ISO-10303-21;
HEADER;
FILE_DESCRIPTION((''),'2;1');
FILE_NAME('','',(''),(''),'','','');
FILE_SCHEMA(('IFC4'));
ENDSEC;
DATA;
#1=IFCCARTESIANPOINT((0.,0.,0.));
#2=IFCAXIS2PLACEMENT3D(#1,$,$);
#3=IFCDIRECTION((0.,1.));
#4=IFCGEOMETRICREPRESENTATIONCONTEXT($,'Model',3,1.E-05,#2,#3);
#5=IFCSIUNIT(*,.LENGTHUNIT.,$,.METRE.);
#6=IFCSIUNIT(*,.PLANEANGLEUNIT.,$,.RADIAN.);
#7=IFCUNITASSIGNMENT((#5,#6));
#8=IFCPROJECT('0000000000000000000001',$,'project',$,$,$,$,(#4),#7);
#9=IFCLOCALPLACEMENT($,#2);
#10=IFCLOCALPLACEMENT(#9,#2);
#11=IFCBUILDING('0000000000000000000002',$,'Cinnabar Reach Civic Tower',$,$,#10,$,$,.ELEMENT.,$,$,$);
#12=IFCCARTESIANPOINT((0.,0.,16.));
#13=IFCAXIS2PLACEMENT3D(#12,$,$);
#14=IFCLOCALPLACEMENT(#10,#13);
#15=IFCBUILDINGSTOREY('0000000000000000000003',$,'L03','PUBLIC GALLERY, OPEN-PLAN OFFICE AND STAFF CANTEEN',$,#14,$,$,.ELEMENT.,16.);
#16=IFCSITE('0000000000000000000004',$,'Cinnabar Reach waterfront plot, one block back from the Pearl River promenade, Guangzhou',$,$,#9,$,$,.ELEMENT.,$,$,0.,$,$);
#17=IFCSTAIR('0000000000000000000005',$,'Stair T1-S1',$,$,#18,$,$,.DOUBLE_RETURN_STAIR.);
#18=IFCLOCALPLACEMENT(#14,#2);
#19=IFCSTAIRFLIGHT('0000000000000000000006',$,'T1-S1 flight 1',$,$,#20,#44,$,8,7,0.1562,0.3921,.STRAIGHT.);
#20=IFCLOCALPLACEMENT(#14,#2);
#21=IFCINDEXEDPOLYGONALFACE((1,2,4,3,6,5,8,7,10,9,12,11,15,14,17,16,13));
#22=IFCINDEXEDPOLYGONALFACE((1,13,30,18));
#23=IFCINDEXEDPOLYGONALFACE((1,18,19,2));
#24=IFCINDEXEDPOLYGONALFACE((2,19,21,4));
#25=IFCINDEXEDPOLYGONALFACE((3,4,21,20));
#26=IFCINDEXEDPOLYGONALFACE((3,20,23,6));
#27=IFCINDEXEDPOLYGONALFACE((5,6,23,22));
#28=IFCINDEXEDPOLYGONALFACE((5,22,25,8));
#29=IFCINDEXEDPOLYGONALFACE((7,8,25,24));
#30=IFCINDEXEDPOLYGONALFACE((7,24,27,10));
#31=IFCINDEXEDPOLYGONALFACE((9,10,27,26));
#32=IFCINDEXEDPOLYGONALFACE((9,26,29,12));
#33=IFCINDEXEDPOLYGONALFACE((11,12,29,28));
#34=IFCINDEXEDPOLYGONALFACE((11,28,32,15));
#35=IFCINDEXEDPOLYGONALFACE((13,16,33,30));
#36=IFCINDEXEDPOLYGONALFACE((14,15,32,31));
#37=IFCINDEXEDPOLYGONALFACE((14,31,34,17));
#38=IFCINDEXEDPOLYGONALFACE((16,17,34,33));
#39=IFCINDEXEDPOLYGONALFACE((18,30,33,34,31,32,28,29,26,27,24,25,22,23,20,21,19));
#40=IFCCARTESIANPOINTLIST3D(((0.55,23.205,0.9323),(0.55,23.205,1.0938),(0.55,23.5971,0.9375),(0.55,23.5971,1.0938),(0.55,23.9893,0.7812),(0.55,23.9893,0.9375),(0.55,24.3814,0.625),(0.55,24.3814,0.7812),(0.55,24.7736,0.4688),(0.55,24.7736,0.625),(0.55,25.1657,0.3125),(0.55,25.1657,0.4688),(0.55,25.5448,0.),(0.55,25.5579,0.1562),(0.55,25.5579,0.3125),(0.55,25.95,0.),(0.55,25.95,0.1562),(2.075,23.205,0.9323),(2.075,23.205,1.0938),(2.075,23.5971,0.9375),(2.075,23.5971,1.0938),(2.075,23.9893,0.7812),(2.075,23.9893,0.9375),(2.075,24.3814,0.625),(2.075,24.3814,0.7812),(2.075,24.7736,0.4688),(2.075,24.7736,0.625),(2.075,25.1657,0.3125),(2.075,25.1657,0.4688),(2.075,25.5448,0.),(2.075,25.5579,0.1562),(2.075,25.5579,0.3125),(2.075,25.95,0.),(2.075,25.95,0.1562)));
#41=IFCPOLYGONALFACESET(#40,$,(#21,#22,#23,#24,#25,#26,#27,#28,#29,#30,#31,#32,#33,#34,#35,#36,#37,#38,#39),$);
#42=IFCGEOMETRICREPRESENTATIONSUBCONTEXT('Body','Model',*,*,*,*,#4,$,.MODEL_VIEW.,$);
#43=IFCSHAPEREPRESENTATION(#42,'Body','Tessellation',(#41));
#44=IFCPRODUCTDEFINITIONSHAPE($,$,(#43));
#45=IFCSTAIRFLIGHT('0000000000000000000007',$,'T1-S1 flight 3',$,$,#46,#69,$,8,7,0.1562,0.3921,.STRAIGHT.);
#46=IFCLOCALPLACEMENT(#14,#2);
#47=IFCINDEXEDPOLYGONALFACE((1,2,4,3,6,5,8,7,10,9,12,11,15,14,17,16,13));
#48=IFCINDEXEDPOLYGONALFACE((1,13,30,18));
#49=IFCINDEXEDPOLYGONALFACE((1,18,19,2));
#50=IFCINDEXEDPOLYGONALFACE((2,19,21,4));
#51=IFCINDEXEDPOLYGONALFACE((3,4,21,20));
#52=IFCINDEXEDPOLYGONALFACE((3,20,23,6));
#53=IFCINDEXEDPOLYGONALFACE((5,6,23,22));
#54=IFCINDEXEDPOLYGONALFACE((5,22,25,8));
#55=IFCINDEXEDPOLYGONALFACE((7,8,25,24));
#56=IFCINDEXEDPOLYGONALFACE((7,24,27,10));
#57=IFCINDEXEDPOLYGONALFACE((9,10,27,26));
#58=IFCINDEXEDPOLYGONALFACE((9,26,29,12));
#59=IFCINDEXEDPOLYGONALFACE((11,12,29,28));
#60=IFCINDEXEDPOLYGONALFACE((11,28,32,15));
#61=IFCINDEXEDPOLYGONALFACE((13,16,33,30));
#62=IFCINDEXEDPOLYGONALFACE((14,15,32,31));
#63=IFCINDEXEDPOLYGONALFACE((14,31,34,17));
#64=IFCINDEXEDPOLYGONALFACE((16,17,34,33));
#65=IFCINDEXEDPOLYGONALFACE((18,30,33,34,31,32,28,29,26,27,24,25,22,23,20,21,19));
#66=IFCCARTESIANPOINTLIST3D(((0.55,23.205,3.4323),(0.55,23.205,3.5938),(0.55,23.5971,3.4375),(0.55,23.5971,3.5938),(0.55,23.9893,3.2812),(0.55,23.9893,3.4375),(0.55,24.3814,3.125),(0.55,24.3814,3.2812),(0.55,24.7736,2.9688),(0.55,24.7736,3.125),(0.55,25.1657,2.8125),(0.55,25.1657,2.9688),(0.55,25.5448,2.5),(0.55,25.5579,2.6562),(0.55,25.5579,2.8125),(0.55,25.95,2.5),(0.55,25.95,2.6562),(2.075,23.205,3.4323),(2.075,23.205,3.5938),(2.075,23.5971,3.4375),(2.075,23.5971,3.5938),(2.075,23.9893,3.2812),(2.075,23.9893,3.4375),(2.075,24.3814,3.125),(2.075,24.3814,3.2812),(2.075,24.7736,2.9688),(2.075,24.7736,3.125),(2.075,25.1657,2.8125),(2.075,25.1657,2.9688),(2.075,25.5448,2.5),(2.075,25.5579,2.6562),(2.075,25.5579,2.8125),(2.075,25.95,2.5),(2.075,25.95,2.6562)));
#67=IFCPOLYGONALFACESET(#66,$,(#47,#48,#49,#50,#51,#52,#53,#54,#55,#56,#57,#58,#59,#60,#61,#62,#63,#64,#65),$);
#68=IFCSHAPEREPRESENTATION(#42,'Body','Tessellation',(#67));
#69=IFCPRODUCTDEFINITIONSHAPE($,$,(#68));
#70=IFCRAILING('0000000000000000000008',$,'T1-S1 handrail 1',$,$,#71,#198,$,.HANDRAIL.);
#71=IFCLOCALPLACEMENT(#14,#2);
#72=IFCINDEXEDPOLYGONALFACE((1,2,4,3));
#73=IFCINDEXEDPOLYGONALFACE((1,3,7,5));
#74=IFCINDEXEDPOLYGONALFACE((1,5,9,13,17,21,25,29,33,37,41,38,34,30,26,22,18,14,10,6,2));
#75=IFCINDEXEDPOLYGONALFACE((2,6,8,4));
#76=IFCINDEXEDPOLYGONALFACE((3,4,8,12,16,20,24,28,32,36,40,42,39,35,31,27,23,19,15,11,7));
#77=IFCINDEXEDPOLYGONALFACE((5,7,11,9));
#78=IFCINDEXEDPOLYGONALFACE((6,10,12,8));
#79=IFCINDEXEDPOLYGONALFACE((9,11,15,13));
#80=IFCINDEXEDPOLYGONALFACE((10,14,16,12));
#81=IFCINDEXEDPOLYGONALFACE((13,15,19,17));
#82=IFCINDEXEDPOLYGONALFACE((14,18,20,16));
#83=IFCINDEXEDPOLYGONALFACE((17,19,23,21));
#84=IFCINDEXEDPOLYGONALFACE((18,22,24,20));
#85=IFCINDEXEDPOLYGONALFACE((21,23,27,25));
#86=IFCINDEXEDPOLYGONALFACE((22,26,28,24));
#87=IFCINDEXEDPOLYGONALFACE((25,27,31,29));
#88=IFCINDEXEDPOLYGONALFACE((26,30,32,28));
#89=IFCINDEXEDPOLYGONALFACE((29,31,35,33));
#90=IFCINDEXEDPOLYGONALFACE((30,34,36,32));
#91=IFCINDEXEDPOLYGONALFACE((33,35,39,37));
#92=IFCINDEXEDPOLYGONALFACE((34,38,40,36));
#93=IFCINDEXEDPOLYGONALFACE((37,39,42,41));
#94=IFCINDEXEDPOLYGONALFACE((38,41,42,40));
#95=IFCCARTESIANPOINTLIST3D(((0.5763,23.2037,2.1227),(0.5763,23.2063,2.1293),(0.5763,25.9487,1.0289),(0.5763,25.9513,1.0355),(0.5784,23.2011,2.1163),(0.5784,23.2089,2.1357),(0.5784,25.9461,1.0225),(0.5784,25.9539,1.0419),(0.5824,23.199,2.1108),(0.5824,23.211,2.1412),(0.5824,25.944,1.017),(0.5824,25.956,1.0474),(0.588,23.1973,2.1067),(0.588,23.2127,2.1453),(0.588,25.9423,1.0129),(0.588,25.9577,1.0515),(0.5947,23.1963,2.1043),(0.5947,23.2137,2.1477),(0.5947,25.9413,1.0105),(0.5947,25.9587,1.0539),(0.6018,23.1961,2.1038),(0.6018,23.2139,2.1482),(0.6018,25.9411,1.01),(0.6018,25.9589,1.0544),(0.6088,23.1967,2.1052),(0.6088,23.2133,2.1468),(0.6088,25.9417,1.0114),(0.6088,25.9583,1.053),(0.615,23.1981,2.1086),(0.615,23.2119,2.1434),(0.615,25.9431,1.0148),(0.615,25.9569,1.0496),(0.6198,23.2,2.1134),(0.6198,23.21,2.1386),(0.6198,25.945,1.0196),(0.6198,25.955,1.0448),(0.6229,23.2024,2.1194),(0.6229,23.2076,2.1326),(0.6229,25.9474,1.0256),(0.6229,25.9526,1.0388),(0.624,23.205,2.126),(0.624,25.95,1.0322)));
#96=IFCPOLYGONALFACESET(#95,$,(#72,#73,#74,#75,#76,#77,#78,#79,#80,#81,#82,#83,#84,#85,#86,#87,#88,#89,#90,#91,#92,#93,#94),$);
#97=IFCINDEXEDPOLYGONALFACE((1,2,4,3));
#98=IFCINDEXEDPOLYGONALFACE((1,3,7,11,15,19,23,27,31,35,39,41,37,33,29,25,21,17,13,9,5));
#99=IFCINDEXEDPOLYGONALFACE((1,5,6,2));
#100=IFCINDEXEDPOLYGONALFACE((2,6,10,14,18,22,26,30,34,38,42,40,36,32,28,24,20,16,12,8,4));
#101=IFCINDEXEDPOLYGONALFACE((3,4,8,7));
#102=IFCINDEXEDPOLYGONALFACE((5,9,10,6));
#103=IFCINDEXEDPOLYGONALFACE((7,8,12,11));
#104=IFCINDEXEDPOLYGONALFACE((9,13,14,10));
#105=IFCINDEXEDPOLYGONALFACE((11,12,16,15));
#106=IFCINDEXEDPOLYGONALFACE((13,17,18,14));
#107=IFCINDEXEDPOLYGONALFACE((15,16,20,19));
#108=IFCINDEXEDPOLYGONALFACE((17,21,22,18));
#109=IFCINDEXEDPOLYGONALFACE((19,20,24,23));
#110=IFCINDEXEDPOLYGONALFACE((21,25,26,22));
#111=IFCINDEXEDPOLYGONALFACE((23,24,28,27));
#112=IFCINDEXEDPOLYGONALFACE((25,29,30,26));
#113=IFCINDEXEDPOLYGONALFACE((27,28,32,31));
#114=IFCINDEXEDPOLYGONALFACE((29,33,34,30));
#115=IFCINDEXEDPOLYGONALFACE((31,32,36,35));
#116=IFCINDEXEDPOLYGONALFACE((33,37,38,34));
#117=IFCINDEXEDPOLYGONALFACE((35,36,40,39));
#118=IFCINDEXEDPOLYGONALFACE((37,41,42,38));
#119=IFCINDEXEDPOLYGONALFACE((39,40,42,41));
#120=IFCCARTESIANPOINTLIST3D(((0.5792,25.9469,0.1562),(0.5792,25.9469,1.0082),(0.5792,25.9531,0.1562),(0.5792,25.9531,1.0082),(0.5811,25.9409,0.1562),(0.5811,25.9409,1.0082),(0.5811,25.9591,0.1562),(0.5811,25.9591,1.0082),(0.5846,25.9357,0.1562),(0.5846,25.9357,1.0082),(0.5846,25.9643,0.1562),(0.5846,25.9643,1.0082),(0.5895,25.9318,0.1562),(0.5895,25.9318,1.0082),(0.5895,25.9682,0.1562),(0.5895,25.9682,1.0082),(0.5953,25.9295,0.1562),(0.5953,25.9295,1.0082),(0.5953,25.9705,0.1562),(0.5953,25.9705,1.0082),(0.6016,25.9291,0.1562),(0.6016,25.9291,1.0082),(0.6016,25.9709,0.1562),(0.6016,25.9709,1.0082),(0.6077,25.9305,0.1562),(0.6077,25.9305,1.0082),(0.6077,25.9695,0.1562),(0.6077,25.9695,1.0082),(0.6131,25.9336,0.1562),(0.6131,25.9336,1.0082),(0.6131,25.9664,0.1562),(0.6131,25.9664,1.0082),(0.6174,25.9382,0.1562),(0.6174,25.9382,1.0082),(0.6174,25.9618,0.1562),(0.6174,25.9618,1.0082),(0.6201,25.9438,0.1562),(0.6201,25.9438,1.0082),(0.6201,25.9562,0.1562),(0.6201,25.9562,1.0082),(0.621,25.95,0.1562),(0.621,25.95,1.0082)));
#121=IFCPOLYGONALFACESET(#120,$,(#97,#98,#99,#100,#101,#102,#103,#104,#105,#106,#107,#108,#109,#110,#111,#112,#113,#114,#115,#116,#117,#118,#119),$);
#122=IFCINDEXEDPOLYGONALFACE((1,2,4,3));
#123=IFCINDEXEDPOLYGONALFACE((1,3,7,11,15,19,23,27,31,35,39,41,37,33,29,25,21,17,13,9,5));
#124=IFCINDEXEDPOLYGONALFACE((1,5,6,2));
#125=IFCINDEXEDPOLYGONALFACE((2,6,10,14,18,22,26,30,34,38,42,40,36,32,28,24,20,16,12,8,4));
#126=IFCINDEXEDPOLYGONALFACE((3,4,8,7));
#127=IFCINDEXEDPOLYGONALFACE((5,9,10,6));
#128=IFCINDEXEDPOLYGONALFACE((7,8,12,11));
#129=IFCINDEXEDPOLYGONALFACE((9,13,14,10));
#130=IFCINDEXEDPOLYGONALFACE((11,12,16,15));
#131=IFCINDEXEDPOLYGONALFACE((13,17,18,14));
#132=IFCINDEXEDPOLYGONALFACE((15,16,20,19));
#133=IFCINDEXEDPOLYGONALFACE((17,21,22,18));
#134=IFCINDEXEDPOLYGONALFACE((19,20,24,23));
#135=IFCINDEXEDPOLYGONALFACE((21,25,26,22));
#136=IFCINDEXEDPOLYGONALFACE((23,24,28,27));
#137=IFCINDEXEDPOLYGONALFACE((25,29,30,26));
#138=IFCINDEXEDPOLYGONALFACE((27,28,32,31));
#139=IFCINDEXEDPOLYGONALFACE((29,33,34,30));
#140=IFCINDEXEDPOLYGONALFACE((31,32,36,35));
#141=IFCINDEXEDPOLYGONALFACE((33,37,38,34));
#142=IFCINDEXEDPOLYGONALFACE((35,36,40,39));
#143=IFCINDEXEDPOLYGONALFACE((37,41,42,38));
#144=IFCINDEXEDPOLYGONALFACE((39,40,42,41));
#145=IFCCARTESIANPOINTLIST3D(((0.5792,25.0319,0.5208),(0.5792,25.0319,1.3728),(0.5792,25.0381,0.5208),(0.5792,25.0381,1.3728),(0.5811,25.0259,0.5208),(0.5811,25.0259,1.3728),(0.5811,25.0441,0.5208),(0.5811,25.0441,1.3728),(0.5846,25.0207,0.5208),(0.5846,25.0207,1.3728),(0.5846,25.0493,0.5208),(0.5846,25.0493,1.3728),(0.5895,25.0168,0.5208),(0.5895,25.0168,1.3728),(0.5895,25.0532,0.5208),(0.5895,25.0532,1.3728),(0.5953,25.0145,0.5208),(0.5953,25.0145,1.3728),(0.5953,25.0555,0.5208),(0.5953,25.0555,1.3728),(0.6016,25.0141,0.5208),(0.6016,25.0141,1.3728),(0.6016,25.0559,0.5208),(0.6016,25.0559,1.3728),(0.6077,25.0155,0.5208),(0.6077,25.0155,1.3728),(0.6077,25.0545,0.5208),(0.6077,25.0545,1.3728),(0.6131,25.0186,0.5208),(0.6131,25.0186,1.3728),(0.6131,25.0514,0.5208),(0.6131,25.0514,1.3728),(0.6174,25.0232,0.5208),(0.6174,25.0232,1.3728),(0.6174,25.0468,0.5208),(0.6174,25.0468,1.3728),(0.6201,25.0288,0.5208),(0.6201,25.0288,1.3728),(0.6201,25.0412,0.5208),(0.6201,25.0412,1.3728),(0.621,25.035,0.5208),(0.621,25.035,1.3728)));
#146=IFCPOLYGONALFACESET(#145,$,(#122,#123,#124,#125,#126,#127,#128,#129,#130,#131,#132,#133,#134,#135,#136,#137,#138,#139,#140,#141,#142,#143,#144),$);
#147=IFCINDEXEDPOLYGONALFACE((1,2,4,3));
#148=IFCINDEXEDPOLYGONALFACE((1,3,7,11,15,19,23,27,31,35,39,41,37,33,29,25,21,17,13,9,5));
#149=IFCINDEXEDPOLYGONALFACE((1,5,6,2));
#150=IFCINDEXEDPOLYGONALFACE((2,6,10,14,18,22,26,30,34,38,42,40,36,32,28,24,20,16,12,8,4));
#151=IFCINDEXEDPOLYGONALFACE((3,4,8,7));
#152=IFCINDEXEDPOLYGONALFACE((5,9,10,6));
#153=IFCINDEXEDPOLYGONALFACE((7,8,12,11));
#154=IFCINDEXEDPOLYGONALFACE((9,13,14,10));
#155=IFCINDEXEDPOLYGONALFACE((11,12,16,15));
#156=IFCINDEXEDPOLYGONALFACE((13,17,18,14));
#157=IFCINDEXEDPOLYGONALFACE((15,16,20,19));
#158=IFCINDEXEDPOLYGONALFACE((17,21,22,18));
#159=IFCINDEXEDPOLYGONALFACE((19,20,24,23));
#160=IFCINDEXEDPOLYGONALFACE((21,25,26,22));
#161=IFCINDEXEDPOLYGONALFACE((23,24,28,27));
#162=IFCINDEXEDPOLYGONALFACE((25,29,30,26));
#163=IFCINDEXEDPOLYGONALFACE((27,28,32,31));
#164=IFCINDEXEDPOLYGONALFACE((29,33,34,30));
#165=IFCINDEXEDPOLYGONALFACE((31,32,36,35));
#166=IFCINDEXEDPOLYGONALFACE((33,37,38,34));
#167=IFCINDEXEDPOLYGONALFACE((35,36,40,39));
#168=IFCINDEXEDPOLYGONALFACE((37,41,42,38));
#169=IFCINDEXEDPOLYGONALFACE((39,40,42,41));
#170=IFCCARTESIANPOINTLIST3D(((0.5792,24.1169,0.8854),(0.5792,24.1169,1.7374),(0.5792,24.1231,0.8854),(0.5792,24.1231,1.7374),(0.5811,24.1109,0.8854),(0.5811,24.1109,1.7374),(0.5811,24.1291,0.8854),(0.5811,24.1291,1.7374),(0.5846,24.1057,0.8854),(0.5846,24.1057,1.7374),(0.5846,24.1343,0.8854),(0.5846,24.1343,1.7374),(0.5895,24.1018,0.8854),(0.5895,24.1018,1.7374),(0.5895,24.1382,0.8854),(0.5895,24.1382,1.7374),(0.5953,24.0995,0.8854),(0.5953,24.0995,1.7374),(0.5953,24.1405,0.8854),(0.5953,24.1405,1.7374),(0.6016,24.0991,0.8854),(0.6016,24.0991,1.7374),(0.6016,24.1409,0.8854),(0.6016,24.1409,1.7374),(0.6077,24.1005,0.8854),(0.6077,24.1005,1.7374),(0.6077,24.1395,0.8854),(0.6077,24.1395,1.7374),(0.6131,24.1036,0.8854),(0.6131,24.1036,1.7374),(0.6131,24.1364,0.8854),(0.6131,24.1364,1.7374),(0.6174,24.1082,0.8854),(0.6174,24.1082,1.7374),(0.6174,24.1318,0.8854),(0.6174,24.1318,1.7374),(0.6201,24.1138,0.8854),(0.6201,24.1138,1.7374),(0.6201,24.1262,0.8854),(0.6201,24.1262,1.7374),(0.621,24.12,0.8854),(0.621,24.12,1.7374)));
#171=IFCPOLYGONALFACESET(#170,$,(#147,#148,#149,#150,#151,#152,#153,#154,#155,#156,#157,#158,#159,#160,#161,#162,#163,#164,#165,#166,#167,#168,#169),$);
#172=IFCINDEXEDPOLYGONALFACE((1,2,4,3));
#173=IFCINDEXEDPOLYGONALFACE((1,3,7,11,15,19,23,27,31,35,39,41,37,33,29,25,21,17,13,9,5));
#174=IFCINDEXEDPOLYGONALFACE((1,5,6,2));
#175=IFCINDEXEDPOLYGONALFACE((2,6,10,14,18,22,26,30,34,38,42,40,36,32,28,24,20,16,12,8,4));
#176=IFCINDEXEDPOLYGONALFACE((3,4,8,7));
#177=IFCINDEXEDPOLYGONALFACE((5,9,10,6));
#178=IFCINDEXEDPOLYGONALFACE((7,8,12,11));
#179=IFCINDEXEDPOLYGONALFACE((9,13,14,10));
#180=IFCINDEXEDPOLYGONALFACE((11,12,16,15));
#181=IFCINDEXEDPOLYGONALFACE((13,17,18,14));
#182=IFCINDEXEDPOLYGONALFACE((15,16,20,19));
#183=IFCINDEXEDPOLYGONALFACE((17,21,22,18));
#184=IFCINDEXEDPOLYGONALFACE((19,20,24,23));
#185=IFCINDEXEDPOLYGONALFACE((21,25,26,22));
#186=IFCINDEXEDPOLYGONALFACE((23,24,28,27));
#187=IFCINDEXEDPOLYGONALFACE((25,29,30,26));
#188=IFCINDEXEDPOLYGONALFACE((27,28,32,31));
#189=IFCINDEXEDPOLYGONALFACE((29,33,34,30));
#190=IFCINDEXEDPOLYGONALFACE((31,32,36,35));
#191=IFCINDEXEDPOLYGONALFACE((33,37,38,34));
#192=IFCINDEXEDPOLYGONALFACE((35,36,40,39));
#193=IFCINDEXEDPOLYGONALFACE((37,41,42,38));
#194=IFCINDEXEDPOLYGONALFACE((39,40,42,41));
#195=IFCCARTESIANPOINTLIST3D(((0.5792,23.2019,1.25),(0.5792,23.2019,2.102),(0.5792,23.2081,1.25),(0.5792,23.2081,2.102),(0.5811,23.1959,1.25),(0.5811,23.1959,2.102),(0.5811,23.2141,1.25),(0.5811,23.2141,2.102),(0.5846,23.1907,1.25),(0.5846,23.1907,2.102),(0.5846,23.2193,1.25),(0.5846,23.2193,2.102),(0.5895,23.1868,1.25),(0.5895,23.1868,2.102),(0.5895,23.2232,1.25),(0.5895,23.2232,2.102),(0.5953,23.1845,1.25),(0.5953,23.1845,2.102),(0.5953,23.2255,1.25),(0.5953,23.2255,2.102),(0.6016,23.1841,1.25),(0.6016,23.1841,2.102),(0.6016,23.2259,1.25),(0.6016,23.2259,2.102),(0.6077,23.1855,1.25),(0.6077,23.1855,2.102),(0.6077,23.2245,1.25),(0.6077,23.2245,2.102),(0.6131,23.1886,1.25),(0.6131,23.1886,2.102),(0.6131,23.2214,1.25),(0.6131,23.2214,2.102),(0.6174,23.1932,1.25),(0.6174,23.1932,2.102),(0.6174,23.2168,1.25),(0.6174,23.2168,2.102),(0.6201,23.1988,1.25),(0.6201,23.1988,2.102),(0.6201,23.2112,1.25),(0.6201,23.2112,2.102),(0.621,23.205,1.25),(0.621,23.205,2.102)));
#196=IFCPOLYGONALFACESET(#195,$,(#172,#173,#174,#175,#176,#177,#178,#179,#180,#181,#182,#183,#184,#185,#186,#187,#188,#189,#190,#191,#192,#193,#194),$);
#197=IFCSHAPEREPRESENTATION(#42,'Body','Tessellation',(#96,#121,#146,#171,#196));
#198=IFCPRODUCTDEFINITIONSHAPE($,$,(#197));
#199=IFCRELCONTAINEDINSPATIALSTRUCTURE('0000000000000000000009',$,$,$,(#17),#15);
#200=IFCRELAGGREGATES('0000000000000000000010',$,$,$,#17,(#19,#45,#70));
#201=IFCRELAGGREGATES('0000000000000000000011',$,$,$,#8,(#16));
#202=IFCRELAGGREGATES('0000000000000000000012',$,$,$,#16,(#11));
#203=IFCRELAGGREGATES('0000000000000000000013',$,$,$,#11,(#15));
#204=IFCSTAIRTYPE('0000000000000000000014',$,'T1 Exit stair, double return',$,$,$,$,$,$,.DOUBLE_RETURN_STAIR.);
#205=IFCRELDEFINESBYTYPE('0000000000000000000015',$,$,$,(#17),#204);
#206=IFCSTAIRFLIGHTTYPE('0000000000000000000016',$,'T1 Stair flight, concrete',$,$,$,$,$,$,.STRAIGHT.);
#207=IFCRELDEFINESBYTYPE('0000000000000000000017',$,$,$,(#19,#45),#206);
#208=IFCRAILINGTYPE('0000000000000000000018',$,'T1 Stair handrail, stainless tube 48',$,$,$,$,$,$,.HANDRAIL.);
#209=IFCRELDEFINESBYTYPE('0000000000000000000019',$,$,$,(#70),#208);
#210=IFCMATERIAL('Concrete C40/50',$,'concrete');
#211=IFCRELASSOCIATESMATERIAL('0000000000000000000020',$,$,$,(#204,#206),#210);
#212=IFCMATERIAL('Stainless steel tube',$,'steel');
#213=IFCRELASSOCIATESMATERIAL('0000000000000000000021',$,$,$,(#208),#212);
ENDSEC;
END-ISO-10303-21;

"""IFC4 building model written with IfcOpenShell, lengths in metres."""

from ifc_helpers import new_model, si_unit, direction, frame, origin, origin_2d, place, context, subcontext, project, spatial, polyline, circle, outline, extrude, material, type_object, element, aggregate, save


model = new_model("IFC4")

# Units and contexts
model_context = context("Model", 3, precision=1e-05, world=origin(), true_north=direction((0.0, 1.0)))
body_context = subcontext(model_context, "Body", "Model", "MODEL_VIEW")
ifc_project = project(units=[si_unit("LENGTHUNIT", "METRE"), si_unit("PLANEANGLEUNIT", "RADIAN")], contexts=[model_context])

# Site, building, storey
site_placement = place(None, origin())
site = spatial("IfcSite", under=ifc_project, at=site_placement, Name="Cinnabar Reach waterfront plot, one block back from the Pearl River promenade, Guangzhou", CompositionType="ELEMENT", RefElevation=0.0)
building_placement = place(site_placement, origin())
building = spatial("IfcBuilding", under=site, at=building_placement, Name="Cinnabar Reach Civic Tower", CompositionType="ELEMENT")
storey_placement = place(building_placement, frame((0.0, 0.0, 16.0)))
storey = spatial("IfcBuildingStorey", under=building, at=storey_placement, Name="L03", Description="PUBLIC GALLERY, OPEN-PLAN OFFICE AND STAFF CANTEEN", CompositionType="ELEMENT", Elevation=16.0)

# Stair, stair flights, railing
ifc_material_1 = material(Name="Concrete C40/50", Category="concrete")
stair_type = type_object("IfcStairType", Name="T1 Exit stair, double return", PredefinedType="DOUBLE_RETURN_STAIR", material=ifc_material_1)
stair_placement = place(storey_placement, origin())
stair = element("IfcStair", 1, at=stair_placement, inside=storey, type_object=stair_type, Name="Stair T1-S1", PredefinedType="DOUBLE_RETURN_STAIR")
stair_flight_type = type_object("IfcStairFlightType", Name="T1 Stair flight, concrete", PredefinedType="STRAIGHT", material=ifc_material_1)
stair_flight_1_placement = place(storey_placement, frame((1.3125, 25.95, 0.0), z_axis=(0.0, 0.0, 1.0), x_axis=(0.0, -1.0, 0.0)))
stair_flight_1 = element("IfcStairFlight", 2, at=stair_flight_1_placement, type_object=stair_flight_type, Name="T1-S1 flight 1", NumberOfRisers=8, NumberOfTreads=7, PredefinedType="STRAIGHT", RiserHeight=0.1562, TreadLength=0.3921, context=body_context, shape_type="SweptSolid", body=[
    extrude(outline(polyline([(0.0, 0.0), (0.0, 0.1562), (0.3921, 0.1562), (0.3921, 0.3125), (0.7843, 0.3125), (0.7843, 0.4688), (1.1764, 0.4688), (1.1764, 0.625), (1.5686, 0.625), (1.5686, 0.7812), (1.9607, 0.7812), (1.9607, 0.9375), (2.3529, 0.9375), (2.3529, 1.0938), (2.745, 1.0938), (2.745, 1.25), (2.745, 0.9323), (0.4052, 0.0), (0.0, 0.0)])), frame((0.0, 0.7625, 0.0), z_axis=(0.0, -1.0, 0.0), x_axis=(1.0, 0.0, 0.0)), (0.0, 0.0, 1.0), 1.525),
])
stair_flight_2_placement = place(storey_placement, frame((1.3125, 25.95, 2.5), z_axis=(0.0, 0.0, 1.0), x_axis=(0.0, -1.0, 0.0)))
stair_flight_2 = element("IfcStairFlight", 3, at=stair_flight_2_placement, type_object=stair_flight_type, Name="T1-S1 flight 3", NumberOfRisers=8, NumberOfTreads=7, PredefinedType="STRAIGHT", RiserHeight=0.1562, TreadLength=0.3921, context=body_context, shape_type="SweptSolid", body=[
    extrude(outline(polyline([(0.0, 0.0), (0.0, 0.1562), (0.3921, 0.1562), (0.3921, 0.3125), (0.7843, 0.3125), (0.7843, 0.4688), (1.1764, 0.4688), (1.1764, 0.625), (1.5686, 0.625), (1.5686, 0.7812), (1.9607, 0.7812), (1.9607, 0.9375), (2.3529, 0.9375), (2.3529, 1.0938), (2.745, 1.0938), (2.745, 1.25), (2.745, 0.9323), (0.4052, 0.0), (0.0, 0.0)])), frame((0.0, 0.7625, 0.0), z_axis=(0.0, -1.0, 0.0), x_axis=(1.0, 0.0, 0.0)), (0.0, 0.0, 1.0), 1.525),
])
ifc_material_2 = material(Name="Stainless steel tube", Category="steel")
railing_type_1 = type_object("IfcRailingType", Name="T1 Stair handrail, stainless tube 48", PredefinedType="HANDRAIL", material=ifc_material_2)
railing_1_placement = place(storey_placement, frame((0.6, 25.95, 0.1562)))
railing_1 = element("IfcRailing", 4, at=railing_1_placement, type_object=railing_type_1, Name="T1-S1 handrail 1", PredefinedType="HANDRAIL", context=body_context, shape_type="SweptSolid", body=[
    extrude(circle(Radius=0.024, at=origin_2d()), frame((0.0, 0.0, 0.876), z_axis=(0.0, -0.928966, 0.370165), x_axis=(1.0, 0.0, 0.0)), (0.0, 0.0, 1.0), 2.9549),
    extrude(circle(Radius=0.021, at=origin_2d()), origin(), (0.0, 0.0, 1.0), 0.852),
    extrude(circle(Radius=0.021, at=origin_2d()), frame((0.0, -0.915, 0.3646)), (0.0, 0.0, 1.0), 0.852),
    extrude(circle(Radius=0.021, at=origin_2d()), frame((0.0, -1.83, 0.7292)), (0.0, 0.0, 1.0), 0.852),
    extrude(circle(Radius=0.021, at=origin_2d()), frame((0.0, -2.745, 1.0938)), (0.0, 0.0, 1.0), 0.852),
])
aggregate(stair, [stair_flight_1, stair_flight_2, railing_1])

save(model, "model.ifc")
